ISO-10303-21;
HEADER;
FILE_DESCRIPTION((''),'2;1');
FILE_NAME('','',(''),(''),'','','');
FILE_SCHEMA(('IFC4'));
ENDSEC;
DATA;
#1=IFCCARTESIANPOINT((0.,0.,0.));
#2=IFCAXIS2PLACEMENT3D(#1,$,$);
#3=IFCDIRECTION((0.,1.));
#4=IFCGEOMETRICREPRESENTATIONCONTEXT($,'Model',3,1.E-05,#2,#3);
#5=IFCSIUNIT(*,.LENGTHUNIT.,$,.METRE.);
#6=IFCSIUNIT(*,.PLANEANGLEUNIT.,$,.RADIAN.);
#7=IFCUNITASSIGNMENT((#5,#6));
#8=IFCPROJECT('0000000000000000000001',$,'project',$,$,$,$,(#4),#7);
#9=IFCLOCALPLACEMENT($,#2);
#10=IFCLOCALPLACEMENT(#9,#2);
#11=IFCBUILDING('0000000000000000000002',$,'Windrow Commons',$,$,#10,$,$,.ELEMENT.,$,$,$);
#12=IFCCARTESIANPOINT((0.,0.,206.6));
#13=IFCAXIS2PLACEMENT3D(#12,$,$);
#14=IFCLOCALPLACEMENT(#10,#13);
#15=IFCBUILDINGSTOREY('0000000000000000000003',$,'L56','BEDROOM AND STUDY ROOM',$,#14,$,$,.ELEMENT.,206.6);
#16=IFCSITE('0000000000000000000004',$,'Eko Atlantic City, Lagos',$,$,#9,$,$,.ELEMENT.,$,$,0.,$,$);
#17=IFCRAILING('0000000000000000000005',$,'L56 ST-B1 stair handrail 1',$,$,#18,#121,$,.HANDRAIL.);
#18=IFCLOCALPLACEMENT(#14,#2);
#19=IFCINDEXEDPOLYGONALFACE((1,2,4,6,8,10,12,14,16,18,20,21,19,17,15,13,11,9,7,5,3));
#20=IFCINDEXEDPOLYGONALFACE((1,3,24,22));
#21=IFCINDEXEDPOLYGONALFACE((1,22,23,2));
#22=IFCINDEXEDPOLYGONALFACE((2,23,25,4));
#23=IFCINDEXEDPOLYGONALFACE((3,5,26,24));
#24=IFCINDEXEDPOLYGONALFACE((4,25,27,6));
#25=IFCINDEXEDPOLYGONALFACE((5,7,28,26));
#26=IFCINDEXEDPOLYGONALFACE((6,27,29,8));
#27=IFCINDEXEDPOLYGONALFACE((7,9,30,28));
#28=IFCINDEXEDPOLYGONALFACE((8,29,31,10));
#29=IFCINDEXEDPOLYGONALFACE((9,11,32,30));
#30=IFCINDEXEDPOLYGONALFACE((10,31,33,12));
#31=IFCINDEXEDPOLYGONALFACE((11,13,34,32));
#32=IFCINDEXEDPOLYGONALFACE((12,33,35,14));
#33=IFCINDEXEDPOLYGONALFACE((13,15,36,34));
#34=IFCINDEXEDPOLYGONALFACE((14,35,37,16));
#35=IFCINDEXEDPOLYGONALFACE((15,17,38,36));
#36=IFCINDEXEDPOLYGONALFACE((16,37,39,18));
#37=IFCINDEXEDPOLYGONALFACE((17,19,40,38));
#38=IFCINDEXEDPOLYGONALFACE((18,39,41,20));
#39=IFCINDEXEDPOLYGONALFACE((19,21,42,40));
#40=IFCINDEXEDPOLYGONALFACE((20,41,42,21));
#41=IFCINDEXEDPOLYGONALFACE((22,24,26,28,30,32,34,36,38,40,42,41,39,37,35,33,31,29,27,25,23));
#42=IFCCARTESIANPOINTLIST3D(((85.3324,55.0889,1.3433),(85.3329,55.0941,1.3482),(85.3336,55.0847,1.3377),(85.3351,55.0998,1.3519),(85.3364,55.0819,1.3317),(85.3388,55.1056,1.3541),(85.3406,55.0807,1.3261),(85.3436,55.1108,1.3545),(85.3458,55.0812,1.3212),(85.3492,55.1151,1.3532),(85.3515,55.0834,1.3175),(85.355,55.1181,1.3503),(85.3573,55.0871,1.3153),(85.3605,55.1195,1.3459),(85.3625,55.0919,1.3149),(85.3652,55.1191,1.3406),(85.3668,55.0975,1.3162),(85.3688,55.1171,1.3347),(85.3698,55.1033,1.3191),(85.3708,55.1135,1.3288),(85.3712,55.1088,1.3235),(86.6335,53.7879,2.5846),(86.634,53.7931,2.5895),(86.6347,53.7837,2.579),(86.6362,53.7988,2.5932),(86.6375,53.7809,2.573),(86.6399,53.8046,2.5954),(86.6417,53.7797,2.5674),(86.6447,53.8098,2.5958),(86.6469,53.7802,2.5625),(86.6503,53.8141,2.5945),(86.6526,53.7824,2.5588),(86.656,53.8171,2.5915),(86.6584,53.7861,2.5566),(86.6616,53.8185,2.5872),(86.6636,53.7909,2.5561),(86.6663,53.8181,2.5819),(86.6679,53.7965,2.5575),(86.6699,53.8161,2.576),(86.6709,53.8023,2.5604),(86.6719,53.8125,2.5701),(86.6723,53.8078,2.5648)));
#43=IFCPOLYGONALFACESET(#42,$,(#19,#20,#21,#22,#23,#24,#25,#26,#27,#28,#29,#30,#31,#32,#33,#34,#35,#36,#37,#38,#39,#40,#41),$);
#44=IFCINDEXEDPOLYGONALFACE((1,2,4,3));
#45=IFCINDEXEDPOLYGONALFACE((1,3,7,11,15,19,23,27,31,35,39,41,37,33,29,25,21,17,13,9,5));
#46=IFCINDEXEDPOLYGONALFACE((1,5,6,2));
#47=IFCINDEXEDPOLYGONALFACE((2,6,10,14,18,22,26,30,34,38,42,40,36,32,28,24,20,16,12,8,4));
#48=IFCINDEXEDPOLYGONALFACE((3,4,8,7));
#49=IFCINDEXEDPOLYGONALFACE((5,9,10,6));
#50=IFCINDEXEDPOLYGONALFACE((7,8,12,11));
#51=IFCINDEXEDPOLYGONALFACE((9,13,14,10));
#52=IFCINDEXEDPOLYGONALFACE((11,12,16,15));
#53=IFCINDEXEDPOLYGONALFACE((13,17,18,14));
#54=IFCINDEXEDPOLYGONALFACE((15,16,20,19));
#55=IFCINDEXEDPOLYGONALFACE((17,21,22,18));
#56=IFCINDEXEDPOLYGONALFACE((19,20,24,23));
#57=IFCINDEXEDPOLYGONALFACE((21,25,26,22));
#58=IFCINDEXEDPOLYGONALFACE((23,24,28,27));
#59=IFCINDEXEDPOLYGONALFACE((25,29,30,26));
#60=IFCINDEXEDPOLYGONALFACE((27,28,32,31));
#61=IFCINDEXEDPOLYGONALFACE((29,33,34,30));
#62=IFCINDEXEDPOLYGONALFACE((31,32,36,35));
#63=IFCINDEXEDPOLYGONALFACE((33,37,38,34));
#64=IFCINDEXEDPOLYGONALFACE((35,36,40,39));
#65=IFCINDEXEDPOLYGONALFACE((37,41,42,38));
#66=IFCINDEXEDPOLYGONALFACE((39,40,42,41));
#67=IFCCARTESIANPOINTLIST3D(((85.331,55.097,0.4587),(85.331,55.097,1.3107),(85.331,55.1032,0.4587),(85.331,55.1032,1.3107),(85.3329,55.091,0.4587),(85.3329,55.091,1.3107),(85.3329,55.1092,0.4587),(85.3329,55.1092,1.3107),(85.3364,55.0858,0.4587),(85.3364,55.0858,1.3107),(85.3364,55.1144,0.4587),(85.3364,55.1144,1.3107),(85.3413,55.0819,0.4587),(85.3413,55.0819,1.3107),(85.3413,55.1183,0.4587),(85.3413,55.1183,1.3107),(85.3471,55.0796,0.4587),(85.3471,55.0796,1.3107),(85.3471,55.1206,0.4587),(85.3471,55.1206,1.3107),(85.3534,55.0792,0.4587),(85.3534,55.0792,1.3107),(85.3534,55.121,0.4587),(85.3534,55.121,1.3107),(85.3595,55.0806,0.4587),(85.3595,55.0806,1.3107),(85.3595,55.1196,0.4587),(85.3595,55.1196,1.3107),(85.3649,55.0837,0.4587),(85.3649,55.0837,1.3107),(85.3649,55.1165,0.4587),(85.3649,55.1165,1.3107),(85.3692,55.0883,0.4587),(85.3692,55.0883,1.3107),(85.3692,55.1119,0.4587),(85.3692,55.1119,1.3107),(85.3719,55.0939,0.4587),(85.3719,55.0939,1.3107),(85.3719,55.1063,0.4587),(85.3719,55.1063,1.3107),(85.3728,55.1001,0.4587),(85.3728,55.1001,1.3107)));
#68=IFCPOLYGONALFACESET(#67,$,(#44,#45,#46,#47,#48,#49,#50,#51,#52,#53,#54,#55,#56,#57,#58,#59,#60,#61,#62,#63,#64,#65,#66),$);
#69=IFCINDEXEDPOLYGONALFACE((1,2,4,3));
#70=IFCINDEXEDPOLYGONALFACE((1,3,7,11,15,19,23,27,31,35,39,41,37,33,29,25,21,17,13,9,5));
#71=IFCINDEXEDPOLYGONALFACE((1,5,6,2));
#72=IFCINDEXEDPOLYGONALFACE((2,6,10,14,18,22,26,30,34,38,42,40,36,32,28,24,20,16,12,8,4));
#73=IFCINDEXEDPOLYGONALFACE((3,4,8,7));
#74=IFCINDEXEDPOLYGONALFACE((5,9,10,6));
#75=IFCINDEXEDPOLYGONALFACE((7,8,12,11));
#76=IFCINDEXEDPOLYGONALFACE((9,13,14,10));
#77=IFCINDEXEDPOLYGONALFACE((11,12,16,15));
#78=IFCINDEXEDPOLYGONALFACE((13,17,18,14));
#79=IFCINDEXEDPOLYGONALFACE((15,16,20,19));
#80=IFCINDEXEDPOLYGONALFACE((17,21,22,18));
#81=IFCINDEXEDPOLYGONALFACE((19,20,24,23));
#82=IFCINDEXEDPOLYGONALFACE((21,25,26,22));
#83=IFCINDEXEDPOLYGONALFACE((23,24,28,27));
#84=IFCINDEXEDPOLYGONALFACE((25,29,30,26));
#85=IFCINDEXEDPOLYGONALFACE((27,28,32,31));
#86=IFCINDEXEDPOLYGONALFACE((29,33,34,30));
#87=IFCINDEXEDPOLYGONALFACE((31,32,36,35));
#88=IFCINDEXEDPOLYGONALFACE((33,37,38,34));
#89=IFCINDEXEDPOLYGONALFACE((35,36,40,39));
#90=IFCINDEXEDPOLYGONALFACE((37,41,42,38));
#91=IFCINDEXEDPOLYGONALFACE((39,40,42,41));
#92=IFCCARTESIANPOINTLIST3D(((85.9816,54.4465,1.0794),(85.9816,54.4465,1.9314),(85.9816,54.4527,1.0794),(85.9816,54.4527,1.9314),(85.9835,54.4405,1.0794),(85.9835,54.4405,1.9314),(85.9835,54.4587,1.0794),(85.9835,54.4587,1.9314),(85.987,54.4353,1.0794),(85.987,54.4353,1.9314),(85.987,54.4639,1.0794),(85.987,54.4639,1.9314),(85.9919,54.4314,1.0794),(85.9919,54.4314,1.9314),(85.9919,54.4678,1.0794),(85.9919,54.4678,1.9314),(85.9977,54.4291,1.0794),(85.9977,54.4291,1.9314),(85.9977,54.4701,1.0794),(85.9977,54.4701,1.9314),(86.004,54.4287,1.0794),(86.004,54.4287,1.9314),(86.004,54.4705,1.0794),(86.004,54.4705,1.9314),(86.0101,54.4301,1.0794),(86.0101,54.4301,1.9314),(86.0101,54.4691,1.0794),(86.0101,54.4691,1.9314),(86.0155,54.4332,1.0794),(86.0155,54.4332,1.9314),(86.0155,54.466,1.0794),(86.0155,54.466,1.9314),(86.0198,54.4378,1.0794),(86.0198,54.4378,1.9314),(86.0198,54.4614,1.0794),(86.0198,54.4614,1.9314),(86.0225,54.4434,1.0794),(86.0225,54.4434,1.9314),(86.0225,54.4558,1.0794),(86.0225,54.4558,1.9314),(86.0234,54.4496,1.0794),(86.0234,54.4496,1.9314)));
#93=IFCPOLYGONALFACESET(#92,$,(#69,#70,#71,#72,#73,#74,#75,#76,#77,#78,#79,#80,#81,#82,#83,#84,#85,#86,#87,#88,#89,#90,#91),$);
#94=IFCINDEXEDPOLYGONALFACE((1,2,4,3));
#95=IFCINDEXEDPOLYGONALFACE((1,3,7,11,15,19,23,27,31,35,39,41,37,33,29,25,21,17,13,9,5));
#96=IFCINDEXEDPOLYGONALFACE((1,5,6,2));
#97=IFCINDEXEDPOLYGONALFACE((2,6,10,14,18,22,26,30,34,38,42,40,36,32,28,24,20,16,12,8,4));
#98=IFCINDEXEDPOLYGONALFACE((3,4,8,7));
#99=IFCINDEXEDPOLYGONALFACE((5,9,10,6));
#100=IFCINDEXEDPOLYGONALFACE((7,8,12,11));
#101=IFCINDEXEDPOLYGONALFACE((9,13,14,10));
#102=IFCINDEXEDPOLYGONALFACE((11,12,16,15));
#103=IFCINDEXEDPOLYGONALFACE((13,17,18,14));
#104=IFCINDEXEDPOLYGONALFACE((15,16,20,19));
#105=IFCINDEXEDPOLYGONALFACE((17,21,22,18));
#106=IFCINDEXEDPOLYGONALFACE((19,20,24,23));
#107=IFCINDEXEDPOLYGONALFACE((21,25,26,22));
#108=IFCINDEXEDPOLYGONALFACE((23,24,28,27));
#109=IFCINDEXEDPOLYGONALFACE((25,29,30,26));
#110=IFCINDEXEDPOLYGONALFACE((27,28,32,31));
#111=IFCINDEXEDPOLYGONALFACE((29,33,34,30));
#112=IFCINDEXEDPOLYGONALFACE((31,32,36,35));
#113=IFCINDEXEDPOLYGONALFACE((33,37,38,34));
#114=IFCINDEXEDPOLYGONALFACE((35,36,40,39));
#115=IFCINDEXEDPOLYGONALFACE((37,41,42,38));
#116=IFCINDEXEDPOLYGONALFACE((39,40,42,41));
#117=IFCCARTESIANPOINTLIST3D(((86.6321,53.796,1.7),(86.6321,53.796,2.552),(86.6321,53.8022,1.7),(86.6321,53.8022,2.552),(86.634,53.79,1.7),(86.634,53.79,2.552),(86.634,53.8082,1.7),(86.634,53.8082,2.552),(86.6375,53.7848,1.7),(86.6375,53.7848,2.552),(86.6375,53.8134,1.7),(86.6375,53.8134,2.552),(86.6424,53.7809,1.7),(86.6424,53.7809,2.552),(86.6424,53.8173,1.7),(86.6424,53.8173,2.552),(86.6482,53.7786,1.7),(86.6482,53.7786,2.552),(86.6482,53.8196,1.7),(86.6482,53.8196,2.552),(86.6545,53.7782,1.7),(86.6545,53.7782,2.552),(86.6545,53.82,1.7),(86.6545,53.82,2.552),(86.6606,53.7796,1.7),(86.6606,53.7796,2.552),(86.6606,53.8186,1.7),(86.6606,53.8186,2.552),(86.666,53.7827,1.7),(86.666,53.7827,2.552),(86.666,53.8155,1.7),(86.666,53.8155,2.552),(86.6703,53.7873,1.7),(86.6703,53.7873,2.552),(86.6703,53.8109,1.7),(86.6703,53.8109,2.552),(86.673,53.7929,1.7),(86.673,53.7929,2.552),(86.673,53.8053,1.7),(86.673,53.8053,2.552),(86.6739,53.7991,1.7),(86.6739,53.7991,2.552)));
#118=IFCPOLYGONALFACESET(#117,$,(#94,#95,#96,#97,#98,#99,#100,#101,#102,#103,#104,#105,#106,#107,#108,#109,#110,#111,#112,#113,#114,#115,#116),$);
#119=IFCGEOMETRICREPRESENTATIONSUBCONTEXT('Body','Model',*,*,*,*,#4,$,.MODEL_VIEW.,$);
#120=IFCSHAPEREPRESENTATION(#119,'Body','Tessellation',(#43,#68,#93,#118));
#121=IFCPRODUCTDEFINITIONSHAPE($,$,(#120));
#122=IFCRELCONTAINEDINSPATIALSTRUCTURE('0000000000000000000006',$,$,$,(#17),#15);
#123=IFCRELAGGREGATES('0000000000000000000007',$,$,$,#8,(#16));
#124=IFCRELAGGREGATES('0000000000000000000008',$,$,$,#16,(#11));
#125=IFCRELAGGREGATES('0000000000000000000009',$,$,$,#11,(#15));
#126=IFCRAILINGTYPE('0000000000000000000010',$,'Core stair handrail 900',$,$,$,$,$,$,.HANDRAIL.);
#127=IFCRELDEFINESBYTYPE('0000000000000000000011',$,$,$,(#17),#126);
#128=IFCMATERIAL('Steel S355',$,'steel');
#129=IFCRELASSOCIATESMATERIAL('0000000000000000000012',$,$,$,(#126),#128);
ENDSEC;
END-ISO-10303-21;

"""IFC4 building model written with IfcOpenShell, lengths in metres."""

from ifc_helpers import new_model, si_unit, direction, frame, origin, origin_2d, place, context, subcontext, project, spatial, circle, extrude, material, type_object, element, save


model = new_model("IFC4")

# Units and contexts
model_context = context("Model", 3, precision=1e-05, world=origin(), true_north=direction((0.0, 1.0)))
body_context = subcontext(model_context, "Body", "Model", "MODEL_VIEW")
ifc_project = project(units=[si_unit("LENGTHUNIT", "METRE"), si_unit("PLANEANGLEUNIT", "RADIAN")], contexts=[model_context])

# Site, building, storey
site_placement = place(None, origin())
site = spatial("IfcSite", under=ifc_project, at=site_placement, Name="Eko Atlantic City, Lagos", CompositionType="ELEMENT", RefElevation=0.0)
building_placement = place(site_placement, origin())
building = spatial("IfcBuilding", under=site, at=building_placement, Name="Windrow Commons", CompositionType="ELEMENT")
storey_placement = place(building_placement, frame((0.0, 0.0, 206.6)))
storey = spatial("IfcBuildingStorey", under=building, at=storey_placement, Name="L56", Description="BEDROOM AND STUDY ROOM", CompositionType="ELEMENT", Elevation=206.6)

# Railing
ifc_material_1 = material(Name="Steel S355", Category="steel")
railing_type_1 = type_object("IfcRailingType", Name="Core stair handrail 900", PredefinedType="HANDRAIL", material=ifc_material_1)
railing_1_placement = place(storey_placement, frame((85.3518, 55.1001, 0.4587)))
element("IfcRailing", 1, at=railing_1_placement, inside=storey, type_object=railing_type_1, Name="L56 ST-B1 stair handrail 1", PredefinedType="HANDRAIL", context=body_context, shape_type="SweptSolid", body=[
    extrude(circle(Radius=0.024, at=origin_2d()), frame((0.0, 0.0, 0.876), z_axis=(0.586207, -0.586162, 0.559264), x_axis=(0.70708, 0.707134, 0.0)), (0.0, 0.0, 1.0), 2.2195),
    extrude(circle(Radius=0.021, at=origin_2d()), origin(), (0.0, 0.0, 1.0), 0.852),
    extrude(circle(Radius=0.021, at=origin_2d()), frame((0.6506, -0.6505, 0.6207)), (0.0, 0.0, 1.0), 0.852),
    extrude(circle(Radius=0.021, at=origin_2d()), frame((1.3011, -1.301, 1.2413)), (0.0, 0.0, 1.0), 0.852),
])

save(model, "model.ifc")
